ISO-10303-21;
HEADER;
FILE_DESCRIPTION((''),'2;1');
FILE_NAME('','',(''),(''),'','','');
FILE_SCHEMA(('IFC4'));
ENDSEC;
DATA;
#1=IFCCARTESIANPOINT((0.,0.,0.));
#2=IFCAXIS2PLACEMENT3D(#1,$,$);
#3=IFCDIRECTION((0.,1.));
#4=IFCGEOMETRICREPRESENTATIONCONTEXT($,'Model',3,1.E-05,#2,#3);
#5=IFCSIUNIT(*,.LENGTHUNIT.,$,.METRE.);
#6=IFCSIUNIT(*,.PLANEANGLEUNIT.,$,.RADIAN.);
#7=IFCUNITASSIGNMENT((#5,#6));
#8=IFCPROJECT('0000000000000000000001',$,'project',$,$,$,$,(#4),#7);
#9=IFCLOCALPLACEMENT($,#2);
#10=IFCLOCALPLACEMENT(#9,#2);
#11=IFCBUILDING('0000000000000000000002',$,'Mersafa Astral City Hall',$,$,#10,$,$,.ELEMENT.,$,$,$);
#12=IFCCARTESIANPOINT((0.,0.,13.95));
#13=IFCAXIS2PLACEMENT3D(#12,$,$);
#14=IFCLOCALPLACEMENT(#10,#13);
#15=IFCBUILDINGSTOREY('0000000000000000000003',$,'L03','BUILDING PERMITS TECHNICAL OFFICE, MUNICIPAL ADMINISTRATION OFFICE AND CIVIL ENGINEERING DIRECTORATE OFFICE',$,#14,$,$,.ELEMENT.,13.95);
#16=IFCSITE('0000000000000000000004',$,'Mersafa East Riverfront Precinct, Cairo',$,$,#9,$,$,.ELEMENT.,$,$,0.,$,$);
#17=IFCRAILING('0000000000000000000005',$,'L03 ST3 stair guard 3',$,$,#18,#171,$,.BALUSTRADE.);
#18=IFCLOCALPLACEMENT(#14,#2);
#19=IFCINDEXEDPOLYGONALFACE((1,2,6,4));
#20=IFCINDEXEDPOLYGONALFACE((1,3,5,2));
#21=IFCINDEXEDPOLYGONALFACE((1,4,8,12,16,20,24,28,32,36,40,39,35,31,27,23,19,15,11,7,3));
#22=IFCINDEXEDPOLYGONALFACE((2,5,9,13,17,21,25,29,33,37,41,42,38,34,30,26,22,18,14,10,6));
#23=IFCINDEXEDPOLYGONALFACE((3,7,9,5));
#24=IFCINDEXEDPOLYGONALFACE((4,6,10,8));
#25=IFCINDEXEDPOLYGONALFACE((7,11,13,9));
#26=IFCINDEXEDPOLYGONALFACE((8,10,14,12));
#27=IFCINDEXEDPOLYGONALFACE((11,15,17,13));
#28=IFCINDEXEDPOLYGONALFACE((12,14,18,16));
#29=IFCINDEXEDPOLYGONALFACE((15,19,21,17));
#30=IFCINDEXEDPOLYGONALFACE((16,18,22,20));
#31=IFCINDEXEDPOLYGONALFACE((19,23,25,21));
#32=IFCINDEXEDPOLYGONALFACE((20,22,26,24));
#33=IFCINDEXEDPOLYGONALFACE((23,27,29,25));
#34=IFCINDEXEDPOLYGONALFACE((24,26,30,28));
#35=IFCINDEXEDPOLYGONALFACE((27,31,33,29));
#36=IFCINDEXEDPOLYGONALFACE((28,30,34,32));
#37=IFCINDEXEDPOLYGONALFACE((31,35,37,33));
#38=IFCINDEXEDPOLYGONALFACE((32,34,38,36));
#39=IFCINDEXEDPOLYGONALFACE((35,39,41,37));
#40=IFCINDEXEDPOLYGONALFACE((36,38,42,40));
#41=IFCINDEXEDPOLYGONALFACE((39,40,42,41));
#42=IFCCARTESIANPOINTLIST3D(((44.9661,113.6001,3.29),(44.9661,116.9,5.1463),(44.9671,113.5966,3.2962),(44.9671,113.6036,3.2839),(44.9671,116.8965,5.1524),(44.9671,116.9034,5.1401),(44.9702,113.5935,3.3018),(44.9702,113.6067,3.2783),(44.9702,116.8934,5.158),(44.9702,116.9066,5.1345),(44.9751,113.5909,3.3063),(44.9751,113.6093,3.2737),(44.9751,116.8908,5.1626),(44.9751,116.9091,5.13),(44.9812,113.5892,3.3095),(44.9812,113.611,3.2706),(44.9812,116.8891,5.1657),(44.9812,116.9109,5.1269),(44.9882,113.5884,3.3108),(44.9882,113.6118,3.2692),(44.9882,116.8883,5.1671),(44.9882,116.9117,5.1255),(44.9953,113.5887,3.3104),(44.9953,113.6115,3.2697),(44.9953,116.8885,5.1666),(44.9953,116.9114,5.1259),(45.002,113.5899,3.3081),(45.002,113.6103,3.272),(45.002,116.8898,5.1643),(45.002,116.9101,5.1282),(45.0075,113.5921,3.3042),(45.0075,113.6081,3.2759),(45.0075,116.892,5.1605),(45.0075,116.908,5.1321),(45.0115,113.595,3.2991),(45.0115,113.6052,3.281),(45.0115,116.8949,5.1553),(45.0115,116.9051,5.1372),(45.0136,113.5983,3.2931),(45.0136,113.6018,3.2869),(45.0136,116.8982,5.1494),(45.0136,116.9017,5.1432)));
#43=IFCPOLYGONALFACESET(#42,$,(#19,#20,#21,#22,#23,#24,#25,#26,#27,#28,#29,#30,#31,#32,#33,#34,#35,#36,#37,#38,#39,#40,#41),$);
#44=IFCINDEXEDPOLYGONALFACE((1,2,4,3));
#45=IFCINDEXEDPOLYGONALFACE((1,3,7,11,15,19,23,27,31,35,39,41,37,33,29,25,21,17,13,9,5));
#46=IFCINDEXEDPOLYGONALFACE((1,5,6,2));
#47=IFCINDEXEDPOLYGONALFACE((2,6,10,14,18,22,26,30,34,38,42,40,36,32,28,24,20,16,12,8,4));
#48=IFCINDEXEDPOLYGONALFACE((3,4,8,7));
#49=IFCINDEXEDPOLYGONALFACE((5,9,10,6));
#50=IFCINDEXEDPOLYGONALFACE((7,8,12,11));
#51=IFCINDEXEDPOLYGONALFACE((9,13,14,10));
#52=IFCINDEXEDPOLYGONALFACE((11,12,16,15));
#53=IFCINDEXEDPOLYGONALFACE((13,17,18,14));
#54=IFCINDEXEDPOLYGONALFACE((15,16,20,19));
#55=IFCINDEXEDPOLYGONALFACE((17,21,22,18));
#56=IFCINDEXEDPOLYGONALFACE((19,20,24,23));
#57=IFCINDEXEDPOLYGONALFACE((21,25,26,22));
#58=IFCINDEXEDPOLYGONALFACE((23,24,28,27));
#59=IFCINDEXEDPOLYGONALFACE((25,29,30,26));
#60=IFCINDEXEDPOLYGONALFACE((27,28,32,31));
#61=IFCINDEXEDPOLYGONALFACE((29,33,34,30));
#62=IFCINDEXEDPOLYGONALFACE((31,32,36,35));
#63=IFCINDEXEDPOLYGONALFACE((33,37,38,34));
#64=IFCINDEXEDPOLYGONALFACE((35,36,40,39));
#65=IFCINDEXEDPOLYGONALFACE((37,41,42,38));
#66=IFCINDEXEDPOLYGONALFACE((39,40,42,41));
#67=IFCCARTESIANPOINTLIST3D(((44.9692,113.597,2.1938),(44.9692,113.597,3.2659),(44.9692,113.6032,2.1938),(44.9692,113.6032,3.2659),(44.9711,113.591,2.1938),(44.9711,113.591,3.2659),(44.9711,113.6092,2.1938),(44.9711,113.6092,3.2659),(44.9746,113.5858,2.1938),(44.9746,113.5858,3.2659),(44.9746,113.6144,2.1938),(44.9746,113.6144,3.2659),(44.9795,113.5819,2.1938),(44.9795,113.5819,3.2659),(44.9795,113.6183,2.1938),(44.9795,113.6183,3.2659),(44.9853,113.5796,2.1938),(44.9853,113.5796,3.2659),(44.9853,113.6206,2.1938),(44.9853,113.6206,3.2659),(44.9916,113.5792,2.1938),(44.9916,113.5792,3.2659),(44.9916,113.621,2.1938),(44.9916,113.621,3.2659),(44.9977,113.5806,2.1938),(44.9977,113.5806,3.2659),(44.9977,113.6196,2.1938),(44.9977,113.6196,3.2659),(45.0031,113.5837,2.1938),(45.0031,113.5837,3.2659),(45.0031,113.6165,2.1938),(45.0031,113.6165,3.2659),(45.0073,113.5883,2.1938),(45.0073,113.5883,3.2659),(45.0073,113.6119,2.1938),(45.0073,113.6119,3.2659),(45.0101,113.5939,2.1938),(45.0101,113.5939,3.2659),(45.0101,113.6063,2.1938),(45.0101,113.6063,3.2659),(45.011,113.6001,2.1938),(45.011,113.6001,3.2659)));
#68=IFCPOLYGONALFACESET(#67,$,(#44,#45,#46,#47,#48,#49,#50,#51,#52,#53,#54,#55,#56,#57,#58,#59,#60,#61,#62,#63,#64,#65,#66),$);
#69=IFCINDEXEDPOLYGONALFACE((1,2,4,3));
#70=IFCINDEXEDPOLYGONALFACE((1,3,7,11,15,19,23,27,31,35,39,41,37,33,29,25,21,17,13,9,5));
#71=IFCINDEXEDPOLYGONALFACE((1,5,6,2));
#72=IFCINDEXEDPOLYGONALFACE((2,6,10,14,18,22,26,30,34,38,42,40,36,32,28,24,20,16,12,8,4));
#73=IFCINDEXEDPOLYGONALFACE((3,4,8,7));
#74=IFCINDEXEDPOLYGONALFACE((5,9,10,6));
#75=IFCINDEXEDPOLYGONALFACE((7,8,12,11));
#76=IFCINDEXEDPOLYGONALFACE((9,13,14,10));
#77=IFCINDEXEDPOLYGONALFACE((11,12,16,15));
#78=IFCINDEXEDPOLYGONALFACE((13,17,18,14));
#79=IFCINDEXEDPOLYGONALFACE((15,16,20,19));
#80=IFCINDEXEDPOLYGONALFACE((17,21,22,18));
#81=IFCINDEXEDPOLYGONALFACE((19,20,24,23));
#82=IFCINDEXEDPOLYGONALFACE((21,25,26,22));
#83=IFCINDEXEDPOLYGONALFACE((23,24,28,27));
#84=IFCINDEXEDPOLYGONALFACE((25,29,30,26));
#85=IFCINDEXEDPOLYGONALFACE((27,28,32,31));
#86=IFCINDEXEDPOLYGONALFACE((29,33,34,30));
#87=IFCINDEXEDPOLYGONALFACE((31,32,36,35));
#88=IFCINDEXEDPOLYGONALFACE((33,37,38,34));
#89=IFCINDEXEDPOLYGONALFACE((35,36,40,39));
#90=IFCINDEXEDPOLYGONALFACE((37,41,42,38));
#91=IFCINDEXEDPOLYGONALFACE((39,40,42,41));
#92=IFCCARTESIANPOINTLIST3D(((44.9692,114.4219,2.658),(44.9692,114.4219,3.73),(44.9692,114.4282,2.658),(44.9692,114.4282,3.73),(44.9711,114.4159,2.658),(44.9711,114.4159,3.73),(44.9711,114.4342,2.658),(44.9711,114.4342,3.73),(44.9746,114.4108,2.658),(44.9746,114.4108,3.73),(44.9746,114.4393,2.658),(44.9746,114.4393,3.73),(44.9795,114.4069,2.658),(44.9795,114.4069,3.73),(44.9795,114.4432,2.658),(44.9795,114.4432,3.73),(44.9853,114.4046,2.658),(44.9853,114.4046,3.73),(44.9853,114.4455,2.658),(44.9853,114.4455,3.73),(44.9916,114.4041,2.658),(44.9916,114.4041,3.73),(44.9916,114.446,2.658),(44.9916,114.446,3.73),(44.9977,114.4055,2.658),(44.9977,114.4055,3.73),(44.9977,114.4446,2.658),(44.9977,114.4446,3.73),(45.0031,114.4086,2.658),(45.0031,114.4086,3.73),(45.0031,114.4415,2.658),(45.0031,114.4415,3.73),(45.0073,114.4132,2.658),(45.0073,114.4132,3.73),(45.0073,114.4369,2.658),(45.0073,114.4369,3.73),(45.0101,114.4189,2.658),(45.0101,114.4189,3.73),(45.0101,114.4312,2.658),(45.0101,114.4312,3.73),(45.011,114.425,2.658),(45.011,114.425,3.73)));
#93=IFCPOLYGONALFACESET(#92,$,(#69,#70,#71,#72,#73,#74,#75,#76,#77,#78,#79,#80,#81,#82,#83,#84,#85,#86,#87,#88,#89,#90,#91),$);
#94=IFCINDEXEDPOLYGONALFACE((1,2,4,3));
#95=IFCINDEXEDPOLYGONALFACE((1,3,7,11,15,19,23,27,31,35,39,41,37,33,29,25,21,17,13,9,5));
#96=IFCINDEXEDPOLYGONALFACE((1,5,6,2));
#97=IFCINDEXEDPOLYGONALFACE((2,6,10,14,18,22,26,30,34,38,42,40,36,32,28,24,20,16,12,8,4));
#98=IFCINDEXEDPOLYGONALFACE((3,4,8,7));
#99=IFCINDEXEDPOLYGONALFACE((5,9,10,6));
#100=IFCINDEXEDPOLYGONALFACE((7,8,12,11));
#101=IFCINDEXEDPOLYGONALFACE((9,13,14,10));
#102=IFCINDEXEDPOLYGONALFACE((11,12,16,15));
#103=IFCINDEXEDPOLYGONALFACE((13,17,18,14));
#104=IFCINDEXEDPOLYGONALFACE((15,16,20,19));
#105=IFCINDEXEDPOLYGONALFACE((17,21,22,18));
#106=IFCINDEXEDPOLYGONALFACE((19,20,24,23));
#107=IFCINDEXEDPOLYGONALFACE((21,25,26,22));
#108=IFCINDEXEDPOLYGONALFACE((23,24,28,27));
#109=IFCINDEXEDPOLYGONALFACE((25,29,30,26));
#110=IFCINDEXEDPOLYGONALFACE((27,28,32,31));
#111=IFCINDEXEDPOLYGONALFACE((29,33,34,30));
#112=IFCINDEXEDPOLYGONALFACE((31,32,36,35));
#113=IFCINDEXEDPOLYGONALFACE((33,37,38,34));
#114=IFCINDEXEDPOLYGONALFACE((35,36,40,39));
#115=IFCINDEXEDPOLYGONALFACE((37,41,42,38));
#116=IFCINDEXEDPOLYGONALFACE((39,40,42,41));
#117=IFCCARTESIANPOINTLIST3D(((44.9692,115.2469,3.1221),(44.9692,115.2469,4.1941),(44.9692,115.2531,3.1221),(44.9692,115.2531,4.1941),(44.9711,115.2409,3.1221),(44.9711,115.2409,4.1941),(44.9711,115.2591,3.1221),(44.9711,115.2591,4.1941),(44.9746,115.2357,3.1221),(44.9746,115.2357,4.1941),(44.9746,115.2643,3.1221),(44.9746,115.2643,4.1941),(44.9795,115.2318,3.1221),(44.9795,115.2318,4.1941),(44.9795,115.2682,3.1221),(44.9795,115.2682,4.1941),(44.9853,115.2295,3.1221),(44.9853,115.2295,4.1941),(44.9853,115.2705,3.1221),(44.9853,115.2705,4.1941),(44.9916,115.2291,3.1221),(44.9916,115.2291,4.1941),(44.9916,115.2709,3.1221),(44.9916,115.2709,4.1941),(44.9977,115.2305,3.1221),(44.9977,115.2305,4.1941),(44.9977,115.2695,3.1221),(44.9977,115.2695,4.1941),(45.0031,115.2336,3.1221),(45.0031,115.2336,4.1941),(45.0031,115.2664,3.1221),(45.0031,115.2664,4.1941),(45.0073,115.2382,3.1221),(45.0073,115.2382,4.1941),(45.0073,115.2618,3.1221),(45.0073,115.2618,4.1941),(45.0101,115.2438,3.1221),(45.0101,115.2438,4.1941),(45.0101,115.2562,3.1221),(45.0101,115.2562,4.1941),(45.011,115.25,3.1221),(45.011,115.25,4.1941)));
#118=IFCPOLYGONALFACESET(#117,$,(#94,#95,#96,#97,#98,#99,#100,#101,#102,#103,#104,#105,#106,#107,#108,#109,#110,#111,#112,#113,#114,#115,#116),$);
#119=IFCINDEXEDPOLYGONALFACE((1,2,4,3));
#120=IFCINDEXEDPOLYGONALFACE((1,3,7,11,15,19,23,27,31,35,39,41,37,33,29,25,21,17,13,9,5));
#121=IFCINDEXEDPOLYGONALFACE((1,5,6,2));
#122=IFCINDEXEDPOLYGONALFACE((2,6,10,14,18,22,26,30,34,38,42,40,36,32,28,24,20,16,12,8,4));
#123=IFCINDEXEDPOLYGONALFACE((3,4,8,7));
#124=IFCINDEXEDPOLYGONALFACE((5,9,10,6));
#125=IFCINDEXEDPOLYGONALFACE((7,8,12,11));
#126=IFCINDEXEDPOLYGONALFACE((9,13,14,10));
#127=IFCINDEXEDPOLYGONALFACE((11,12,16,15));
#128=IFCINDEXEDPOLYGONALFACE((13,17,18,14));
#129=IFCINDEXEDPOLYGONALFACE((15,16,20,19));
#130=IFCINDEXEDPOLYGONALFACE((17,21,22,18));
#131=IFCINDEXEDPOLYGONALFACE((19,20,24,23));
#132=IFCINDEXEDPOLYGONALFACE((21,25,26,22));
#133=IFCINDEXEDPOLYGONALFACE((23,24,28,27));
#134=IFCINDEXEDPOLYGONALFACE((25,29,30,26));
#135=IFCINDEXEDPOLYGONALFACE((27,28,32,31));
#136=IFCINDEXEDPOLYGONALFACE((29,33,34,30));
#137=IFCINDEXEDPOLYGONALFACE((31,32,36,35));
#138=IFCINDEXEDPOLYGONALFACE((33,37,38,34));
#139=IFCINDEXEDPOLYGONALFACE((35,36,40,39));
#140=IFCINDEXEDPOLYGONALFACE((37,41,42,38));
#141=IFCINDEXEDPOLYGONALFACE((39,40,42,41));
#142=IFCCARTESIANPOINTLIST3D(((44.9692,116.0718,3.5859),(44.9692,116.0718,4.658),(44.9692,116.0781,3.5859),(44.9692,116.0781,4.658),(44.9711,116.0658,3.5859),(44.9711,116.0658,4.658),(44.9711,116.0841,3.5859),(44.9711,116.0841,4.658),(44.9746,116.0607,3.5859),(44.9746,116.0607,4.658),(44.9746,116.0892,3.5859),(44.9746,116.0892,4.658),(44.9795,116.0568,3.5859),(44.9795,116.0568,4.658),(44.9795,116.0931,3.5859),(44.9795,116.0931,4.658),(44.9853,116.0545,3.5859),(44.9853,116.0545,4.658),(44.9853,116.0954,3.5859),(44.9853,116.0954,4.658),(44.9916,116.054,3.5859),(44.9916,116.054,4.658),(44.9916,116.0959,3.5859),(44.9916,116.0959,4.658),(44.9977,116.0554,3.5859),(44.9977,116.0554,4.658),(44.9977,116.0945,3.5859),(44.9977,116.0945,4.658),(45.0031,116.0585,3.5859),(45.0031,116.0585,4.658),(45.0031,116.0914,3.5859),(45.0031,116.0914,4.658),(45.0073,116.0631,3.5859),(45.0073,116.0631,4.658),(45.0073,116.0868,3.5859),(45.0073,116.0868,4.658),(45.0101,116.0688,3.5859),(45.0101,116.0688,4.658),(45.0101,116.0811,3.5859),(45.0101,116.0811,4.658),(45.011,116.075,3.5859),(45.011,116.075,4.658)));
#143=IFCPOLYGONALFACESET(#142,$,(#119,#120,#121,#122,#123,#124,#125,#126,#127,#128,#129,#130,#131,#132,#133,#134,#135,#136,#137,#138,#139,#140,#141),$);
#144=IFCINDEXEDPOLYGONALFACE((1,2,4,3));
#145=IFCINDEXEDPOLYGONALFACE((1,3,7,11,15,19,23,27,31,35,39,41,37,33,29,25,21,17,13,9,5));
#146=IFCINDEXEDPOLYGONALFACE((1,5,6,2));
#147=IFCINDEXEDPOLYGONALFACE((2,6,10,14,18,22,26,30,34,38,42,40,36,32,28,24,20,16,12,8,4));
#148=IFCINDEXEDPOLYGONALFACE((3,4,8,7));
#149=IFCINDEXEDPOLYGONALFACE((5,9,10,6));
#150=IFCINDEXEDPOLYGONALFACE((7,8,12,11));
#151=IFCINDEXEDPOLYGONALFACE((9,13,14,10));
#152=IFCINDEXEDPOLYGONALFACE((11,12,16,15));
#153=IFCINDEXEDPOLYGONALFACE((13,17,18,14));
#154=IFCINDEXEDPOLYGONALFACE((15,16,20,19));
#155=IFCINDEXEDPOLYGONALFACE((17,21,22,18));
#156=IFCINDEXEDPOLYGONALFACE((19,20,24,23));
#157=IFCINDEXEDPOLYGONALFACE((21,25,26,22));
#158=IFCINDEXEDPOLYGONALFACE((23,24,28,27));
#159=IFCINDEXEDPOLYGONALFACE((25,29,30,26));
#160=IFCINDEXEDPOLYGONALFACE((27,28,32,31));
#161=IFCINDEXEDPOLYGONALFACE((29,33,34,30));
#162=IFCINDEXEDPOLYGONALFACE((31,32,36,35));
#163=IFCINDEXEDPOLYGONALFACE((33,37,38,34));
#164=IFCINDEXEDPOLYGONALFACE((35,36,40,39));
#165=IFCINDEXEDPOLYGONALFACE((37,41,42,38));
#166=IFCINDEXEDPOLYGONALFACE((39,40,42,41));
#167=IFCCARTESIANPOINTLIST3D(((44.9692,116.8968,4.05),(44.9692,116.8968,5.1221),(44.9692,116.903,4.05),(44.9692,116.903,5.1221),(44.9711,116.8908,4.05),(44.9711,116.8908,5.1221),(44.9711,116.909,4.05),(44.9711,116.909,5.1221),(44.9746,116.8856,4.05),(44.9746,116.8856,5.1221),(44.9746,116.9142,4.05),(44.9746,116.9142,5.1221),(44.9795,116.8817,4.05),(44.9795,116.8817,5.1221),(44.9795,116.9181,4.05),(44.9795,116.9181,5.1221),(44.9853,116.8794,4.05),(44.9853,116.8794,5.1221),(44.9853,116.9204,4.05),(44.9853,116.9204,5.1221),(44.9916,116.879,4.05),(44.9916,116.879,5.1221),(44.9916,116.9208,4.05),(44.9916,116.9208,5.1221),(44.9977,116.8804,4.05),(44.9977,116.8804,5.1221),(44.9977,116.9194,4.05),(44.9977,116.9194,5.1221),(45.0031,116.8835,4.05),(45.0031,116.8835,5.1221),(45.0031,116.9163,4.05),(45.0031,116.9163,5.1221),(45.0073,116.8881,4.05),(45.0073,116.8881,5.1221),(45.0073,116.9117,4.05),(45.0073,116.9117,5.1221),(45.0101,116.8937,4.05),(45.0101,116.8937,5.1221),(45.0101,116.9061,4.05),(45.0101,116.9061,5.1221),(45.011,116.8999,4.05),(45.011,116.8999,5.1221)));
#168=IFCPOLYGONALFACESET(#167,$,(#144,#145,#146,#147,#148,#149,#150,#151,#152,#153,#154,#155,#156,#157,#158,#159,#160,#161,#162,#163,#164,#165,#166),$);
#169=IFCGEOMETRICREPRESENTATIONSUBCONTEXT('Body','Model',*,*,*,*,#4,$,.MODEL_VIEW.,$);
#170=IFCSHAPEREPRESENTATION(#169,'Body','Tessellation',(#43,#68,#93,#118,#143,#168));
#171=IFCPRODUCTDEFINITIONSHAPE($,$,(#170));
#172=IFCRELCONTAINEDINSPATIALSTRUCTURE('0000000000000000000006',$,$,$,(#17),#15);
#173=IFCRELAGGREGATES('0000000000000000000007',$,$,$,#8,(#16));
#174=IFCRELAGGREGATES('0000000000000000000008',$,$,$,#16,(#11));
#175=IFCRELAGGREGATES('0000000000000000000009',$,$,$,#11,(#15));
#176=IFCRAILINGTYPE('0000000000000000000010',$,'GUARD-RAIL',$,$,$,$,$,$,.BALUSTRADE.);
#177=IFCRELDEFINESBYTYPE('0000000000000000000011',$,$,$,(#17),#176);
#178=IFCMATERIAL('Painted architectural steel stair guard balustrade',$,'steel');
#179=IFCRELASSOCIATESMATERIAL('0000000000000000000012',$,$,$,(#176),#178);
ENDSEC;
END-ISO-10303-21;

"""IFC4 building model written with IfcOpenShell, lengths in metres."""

from ifc_helpers import new_model, si_unit, direction, frame, origin, origin_2d, place, context, subcontext, project, spatial, circle, extrude, material, type_object, element, save


model = new_model("IFC4")

# Units and contexts
model_context = context("Model", 3, precision=1e-05, world=origin(), true_north=direction((0.0, 1.0)))
body_context = subcontext(model_context, "Body", "Model", "MODEL_VIEW")
ifc_project = project(units=[si_unit("LENGTHUNIT", "METRE"), si_unit("PLANEANGLEUNIT", "RADIAN")], contexts=[model_context])

# Site, building, storey
site_placement = place(None, origin())
site = spatial("IfcSite", under=ifc_project, at=site_placement, Name="Mersafa East Riverfront Precinct, Cairo", CompositionType="ELEMENT", RefElevation=0.0)
building_placement = place(site_placement, origin())
building = spatial("IfcBuilding", under=site, at=building_placement, Name="Mersafa Astral City Hall", CompositionType="ELEMENT")
storey_placement = place(building_placement, frame((0.0, 0.0, 13.95)))
storey = spatial("IfcBuildingStorey", under=building, at=storey_placement, Name="L03", Description="BUILDING PERMITS TECHNICAL OFFICE, MUNICIPAL ADMINISTRATION OFFICE AND CIVIL ENGINEERING DIRECTORATE OFFICE", CompositionType="ELEMENT", Elevation=13.95)

# Railing
ifc_material_1 = material(Name="Painted architectural steel stair guard balustrade", Category="steel")
railing_type_1 = type_object("IfcRailingType", Name="GUARD-RAIL", PredefinedType="BALUSTRADE", material=ifc_material_1)
railing_1_placement = place(storey_placement, frame((44.99, 113.6001, 2.1938)))
element("IfcRailing", 1, at=railing_1_placement, inside=storey, type_object=railing_type_1, Name="L03 ST3 stair guard 3", PredefinedType="BALUSTRADE", context=body_context, shape_type="SweptSolid", body=[
    extrude(circle(Radius=0.0239, at=origin_2d()), frame((0.0, 0.0, 1.0962), z_axis=(0.0, 0.871569, 0.490273), x_axis=(-1.0, 0.0, 0.0)), (0.0, 0.0, 1.0), 3.7861),
    extrude(circle(Radius=0.021, at=origin_2d()), origin(), (0.0, 0.0, 1.0), 1.072),
    extrude(circle(Radius=0.021, at=origin_2d()), frame((0.0, 0.825, 0.4641)), (0.0, 0.0, 1.0), 1.072),
    extrude(circle(Radius=0.021, at=origin_2d()), frame((0.0, 1.6499, 0.9282)), (0.0, 0.0, 1.0), 1.072),
    extrude(circle(Radius=0.021, at=origin_2d()), frame((0.0, 2.4749, 1.3921)), (0.0, 0.0, 1.0), 1.072),
    extrude(circle(Radius=0.021, at=origin_2d()), frame((0.0, 3.2998, 1.8562)), (0.0, 0.0, 1.0), 1.072),
])

save(model, "model.ifc")
